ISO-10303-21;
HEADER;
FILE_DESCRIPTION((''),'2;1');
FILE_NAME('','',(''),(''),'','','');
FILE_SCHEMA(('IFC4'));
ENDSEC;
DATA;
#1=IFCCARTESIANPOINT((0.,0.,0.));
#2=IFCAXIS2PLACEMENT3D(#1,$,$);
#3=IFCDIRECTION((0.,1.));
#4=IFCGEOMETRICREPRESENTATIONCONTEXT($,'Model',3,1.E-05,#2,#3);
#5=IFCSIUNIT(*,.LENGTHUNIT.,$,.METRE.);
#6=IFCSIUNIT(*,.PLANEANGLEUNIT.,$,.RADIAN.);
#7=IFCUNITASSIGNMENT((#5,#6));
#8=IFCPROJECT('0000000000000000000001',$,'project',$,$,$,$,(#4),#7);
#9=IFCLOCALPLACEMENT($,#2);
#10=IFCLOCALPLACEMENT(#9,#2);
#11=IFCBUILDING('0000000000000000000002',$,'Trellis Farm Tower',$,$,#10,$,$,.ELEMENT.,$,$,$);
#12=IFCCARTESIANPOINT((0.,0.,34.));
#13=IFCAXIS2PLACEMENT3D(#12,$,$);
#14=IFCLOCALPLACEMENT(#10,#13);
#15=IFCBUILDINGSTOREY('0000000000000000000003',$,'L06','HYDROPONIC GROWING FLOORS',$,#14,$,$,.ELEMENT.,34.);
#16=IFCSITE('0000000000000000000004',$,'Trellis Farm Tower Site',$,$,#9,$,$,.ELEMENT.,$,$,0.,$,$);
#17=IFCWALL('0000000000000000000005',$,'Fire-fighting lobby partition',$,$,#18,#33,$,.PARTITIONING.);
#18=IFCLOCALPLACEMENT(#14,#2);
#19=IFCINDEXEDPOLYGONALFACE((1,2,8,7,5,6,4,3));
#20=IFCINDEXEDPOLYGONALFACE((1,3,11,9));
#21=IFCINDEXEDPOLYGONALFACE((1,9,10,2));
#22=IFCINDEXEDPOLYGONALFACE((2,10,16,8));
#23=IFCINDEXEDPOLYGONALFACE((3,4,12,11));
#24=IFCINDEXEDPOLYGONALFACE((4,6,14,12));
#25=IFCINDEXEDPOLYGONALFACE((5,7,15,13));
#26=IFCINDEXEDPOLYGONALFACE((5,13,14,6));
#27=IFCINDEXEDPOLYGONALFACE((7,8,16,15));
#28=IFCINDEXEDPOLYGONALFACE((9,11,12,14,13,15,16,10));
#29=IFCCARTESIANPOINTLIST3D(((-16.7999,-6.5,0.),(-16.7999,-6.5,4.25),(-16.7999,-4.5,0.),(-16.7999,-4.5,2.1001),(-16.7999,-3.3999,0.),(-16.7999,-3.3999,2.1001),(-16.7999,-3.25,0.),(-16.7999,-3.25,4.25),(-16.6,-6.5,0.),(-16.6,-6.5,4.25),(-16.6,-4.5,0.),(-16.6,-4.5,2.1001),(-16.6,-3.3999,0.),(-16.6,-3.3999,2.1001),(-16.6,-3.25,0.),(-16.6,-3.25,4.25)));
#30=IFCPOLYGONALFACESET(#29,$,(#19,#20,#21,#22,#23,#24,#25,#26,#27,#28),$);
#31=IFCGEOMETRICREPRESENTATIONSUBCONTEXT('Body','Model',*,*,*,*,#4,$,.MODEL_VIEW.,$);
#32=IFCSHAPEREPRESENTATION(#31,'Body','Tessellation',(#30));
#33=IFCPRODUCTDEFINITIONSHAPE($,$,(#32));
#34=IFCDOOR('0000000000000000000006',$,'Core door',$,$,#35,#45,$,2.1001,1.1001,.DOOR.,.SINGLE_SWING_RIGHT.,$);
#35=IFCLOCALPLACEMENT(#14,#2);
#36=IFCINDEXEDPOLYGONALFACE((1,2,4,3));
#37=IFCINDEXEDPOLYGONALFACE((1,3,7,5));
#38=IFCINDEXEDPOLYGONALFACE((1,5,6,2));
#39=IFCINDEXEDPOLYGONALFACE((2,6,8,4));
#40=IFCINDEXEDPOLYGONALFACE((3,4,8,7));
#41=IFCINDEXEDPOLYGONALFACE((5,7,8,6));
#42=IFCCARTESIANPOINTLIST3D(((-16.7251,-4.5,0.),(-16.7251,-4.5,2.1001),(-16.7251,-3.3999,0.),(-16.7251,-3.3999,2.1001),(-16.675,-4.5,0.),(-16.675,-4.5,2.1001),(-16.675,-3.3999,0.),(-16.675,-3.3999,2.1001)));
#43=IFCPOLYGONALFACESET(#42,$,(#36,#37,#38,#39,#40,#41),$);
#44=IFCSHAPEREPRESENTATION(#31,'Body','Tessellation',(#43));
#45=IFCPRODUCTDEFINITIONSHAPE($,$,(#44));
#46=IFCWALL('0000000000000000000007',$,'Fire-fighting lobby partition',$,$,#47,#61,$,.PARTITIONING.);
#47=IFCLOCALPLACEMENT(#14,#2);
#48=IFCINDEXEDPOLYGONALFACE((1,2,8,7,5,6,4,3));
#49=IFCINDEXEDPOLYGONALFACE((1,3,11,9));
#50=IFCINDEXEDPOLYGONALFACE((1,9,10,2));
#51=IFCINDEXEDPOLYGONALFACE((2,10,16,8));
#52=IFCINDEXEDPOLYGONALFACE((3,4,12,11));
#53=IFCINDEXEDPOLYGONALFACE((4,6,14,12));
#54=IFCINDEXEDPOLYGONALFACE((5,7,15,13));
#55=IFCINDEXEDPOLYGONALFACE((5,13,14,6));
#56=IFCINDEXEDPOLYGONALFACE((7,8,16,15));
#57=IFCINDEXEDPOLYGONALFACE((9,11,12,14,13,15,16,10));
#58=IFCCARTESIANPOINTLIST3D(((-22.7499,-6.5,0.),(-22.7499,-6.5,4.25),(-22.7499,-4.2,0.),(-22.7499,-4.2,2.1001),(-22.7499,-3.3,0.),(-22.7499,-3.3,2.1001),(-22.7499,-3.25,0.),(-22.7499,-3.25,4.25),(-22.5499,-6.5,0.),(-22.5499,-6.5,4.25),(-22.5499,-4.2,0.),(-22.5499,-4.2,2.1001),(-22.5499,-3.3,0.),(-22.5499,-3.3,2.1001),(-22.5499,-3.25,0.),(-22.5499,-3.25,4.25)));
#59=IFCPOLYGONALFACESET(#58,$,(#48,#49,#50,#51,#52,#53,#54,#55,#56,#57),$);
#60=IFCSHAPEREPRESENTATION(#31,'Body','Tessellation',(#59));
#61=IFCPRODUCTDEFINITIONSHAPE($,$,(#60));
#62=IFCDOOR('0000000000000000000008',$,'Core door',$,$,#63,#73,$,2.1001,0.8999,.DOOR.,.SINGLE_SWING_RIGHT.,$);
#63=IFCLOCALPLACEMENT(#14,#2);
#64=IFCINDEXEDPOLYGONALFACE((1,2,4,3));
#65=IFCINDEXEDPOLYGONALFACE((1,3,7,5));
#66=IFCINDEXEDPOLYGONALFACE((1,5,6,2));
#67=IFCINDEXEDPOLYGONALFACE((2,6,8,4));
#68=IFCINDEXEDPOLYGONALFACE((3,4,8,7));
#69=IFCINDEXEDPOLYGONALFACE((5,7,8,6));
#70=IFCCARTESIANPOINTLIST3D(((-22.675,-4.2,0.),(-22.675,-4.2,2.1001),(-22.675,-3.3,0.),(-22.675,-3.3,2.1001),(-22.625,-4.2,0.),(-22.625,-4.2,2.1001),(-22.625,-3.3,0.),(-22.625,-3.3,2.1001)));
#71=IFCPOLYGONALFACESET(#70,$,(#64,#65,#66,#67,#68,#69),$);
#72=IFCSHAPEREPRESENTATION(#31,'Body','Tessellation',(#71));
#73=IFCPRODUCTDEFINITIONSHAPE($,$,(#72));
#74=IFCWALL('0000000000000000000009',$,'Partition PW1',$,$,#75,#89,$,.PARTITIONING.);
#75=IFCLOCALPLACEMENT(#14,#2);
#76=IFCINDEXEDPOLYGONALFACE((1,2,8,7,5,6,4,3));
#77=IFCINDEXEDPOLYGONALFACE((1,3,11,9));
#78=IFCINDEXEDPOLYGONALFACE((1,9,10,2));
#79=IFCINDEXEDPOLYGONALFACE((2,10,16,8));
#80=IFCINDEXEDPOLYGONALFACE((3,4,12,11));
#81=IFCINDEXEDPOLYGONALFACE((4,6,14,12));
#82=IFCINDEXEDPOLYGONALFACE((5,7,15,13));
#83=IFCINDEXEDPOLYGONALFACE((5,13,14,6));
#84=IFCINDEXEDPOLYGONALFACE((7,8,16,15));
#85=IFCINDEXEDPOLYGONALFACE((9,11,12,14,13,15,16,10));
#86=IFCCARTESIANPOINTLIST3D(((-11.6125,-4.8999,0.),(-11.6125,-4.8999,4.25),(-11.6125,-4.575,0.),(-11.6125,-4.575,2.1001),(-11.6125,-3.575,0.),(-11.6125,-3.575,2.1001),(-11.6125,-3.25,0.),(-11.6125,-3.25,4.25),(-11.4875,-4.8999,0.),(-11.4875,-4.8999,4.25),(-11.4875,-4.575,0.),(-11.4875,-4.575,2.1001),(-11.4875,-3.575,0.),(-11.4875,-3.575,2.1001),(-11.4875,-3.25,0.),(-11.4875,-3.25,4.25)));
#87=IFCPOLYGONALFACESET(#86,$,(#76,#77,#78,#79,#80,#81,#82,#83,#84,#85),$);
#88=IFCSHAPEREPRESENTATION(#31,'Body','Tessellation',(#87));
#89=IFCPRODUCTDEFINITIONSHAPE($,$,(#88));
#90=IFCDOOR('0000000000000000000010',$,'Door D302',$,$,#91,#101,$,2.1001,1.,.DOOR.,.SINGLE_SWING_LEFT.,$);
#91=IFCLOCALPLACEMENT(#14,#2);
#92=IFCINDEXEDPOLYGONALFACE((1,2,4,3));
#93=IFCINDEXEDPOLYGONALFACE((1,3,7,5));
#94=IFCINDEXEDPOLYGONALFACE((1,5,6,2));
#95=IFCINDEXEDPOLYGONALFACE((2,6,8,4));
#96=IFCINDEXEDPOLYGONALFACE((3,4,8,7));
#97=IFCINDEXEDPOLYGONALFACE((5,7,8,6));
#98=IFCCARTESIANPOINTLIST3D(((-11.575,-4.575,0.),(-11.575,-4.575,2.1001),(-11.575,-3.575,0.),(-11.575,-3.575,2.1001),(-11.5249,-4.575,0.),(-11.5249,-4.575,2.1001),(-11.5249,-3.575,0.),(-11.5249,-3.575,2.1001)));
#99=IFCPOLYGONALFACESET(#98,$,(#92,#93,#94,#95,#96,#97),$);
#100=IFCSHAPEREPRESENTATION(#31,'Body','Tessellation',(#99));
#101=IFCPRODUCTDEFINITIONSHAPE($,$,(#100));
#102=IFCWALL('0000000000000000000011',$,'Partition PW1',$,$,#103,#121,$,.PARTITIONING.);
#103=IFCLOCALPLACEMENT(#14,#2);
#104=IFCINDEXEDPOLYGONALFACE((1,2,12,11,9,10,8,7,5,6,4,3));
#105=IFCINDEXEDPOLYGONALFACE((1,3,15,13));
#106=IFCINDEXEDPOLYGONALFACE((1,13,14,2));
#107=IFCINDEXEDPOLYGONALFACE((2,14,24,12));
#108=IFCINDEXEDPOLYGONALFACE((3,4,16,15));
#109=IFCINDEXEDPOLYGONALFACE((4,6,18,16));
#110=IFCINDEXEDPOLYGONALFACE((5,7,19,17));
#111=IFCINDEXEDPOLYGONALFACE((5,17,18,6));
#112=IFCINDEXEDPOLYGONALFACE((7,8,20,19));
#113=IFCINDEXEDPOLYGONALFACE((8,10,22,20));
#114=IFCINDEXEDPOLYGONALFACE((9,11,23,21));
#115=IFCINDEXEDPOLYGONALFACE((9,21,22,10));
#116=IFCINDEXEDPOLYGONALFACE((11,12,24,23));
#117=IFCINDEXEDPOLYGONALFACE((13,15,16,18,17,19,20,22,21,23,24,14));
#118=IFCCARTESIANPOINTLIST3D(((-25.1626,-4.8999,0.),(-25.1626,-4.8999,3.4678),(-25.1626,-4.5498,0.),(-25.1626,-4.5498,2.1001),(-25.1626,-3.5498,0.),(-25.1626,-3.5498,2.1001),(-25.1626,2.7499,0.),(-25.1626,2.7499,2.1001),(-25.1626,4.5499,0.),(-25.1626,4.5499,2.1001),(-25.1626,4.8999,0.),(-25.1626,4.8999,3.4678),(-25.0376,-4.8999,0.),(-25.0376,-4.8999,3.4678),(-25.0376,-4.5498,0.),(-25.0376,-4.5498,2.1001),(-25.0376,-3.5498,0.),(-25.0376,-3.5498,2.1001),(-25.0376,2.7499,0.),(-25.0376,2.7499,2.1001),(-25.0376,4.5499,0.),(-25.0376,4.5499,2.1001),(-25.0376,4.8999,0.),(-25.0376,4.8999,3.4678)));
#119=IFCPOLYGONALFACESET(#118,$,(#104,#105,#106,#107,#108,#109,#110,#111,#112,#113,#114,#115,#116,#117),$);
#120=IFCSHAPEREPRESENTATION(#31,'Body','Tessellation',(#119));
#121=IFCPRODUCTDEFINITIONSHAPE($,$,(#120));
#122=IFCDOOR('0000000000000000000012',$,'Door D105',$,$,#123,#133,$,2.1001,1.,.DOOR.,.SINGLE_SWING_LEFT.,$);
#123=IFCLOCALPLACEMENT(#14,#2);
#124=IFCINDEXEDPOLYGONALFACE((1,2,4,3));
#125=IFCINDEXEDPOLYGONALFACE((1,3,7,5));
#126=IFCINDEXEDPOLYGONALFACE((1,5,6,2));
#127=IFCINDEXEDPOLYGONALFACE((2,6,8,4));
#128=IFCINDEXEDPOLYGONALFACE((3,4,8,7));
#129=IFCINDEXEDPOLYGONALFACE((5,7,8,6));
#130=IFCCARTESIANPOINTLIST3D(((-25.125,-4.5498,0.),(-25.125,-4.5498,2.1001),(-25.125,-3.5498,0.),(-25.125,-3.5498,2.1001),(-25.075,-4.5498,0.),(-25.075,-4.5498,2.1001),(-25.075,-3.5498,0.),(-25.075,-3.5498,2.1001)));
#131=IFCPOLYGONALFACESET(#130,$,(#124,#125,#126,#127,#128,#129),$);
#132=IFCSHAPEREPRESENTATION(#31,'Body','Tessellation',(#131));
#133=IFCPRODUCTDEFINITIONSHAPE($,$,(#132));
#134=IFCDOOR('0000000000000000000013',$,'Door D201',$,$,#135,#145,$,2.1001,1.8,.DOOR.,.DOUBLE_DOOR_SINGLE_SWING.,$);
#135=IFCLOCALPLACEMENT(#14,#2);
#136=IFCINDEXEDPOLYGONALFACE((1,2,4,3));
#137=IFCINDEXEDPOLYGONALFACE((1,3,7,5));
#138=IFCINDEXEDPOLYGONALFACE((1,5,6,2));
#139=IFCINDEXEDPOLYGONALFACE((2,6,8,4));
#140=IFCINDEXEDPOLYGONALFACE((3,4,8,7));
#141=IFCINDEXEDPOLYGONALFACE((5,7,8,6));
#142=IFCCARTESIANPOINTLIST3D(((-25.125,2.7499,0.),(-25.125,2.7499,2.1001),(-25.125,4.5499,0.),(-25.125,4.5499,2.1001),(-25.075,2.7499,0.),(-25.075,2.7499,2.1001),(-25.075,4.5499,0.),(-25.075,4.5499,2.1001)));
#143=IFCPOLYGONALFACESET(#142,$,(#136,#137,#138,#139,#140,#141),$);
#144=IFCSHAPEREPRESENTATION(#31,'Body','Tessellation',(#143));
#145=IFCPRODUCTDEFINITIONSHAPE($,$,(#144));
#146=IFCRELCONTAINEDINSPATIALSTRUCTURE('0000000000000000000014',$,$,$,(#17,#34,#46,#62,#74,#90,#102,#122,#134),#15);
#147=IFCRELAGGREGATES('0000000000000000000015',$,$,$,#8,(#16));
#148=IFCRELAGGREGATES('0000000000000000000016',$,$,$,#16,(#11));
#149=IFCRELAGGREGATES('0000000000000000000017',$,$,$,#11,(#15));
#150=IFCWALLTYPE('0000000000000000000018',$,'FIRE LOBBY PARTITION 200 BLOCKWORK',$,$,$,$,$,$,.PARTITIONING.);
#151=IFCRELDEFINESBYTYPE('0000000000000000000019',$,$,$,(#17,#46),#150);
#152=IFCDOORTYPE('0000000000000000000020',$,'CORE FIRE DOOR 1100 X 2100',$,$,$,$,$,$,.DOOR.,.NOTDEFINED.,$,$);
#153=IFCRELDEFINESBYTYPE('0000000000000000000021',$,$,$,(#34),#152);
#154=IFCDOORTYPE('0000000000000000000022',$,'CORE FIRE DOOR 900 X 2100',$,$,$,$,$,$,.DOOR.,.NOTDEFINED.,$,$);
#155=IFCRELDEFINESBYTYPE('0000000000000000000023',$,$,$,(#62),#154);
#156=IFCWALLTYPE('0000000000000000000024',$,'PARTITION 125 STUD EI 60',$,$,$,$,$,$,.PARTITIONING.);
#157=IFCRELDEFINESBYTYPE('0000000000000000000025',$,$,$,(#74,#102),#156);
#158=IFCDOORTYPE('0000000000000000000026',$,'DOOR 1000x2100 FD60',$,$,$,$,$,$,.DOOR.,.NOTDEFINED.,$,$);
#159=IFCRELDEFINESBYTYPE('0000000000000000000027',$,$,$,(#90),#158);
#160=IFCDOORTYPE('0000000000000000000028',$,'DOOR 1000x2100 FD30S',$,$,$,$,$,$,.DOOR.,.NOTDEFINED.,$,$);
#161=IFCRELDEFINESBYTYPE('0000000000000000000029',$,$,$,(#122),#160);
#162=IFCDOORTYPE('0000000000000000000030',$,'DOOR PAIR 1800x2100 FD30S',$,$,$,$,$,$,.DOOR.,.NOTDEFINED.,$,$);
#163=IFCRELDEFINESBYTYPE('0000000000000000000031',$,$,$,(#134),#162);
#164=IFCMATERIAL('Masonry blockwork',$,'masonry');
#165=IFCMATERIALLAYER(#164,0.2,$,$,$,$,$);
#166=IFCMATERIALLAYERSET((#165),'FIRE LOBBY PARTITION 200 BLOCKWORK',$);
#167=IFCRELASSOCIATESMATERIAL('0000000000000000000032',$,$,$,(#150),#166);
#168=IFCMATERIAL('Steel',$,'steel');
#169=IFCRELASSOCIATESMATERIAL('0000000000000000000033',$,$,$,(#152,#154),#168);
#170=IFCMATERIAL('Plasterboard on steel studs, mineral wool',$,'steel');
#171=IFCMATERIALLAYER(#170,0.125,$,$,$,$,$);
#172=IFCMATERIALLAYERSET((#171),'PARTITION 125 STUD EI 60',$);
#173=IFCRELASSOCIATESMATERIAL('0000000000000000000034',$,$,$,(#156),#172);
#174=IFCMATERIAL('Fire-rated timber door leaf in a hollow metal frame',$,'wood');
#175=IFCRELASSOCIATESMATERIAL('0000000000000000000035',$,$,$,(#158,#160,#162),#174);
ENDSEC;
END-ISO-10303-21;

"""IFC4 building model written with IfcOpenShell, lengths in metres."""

from ifc_helpers import new_model, si_unit, direction, frame, frame_2d, origin, place, context, subcontext, project, spatial, rectangle, extrude, source, transform, mapped, material, layer, layer_set, type_object, element, fill, save


model = new_model("IFC4")

# Units and contexts
model_context = context("Model", 3, precision=1e-05, world=origin(), true_north=direction((0.0, 1.0)))
body_context = subcontext(model_context, "Body", "Model", "MODEL_VIEW")
ifc_project = project(units=[si_unit("LENGTHUNIT", "METRE"), si_unit("PLANEANGLEUNIT", "RADIAN")], contexts=[model_context])

# Site, building, storey
site_placement = place(None, origin())
site = spatial("IfcSite", under=ifc_project, at=site_placement, Name="Trellis Farm Tower Site", CompositionType="ELEMENT", RefElevation=0.0)
building_placement = place(site_placement, origin())
building = spatial("IfcBuilding", under=site, at=building_placement, Name="Trellis Farm Tower", CompositionType="ELEMENT")
storey_placement = place(building_placement, frame((0.0, 0.0, 34.0)))
storey = spatial("IfcBuildingStorey", under=building, at=storey_placement, Name="L06", Description="HYDROPONIC GROWING FLOORS", CompositionType="ELEMENT", Elevation=34.0)

# Walls, openings, doors
ifc_material_1 = material(Name="Masonry blockwork", Category="masonry")
ifc_layer_1 = layer(ifc_material_1, 0.2)
ifc_layer_set_1 = layer_set([ifc_layer_1], Name="FIRE LOBBY PARTITION 200 BLOCKWORK")
wall_type_1 = type_object("IfcWallType", Name="FIRE LOBBY PARTITION 200 BLOCKWORK", PredefinedType="PARTITIONING", material=ifc_layer_set_1)
shared_shape_1 = source(origin(), body_context, "Body", "SweptSolid", [
    extrude(rectangle(XDim=3.25, YDim=0.2, at=frame_2d((1.625, 0.0))), origin(), (0.0, 0.0, 1.0), 4.25),
])
wall_1_placement = place(storey_placement, frame((-16.7, -3.25, 0.0), z_axis=(0.0, 0.0, 1.0), x_axis=(0.0, -1.0, 0.0)))
wall_1 = element("IfcWall", 1, at=wall_1_placement, inside=storey, type_object=wall_type_1, Name="Fire-fighting lobby partition", PredefinedType="PARTITIONING", context=body_context, shape_type="MappedRepresentation", body=[
    mapped(shared_shape_1, transform((0.0, 0.0, 0.0))),
])
shared_shape_2 = source(origin(), body_context, "Body", "SweptSolid", [
    extrude(rectangle(XDim=1.1001, YDim=2.1001, at=frame_2d((0.55, 1.05))), frame((0.0, 0.1101, 0.0), z_axis=(0.0, -1.0, 0.0), x_axis=(1.0, 0.0, 0.0)), (0.0, 0.0, 1.0), 0.2202),
])
opening_1_placement = place(wall_1_placement, frame((0.1499, 0.0, 0.0)))
opening_1 = element("IfcOpeningElement", 2, at=opening_1_placement, cuts=wall_1, PredefinedType="OPENING", context=body_context, shape_type="MappedRepresentation", body=[
    mapped(shared_shape_2, transform((0.0, 0.0, 0.0))),
])
ifc_material_2 = material(Name="Steel", Category="steel")
door_type_1 = type_object("IfcDoorType", Name="CORE FIRE DOOR 1100 X 2100", OperationType="NOTDEFINED", PredefinedType="DOOR", material=ifc_material_2)
shared_shape_3 = source(origin(), body_context, "Body", "SweptSolid", [
    extrude(rectangle(XDim=1.1001, YDim=2.1001, at=frame_2d((0.55, 1.05))), frame((0.0, 0.0249, 0.0), z_axis=(0.0, -1.0, 0.0), x_axis=(1.0, 0.0, 0.0)), (0.0, 0.0, 1.0), 0.05),
])
door_1_placement = place(opening_1_placement, origin())
door_1 = element("IfcDoor", 3, at=door_1_placement, inside=storey, type_object=door_type_1, Name="Core door", OperationType="SINGLE_SWING_RIGHT", OverallHeight=2.1001, OverallWidth=1.1001, PredefinedType="DOOR", context=body_context, shape_type="MappedRepresentation", body=[
    mapped(shared_shape_3, transform((0.0, 0.0, 0.0))),
])
fill(opening_1, door_1)
wall_2_placement = place(storey_placement, frame((-22.6499, -3.25, 0.0), z_axis=(0.0, 0.0, 1.0), x_axis=(0.0, -1.0, 0.0)))
wall_2 = element("IfcWall", 4, at=wall_2_placement, inside=storey, type_object=wall_type_1, Name="Fire-fighting lobby partition", PredefinedType="PARTITIONING", context=body_context, shape_type="MappedRepresentation", body=[
    mapped(shared_shape_1, transform((0.0, 0.0, 0.0))),
])
shared_shape_4 = source(origin(), body_context, "Body", "SweptSolid", [
    extrude(rectangle(XDim=0.8999, YDim=2.1001, at=frame_2d((0.45, 1.05))), frame((0.0, 0.1101, 0.0), z_axis=(0.0, -1.0, 0.0), x_axis=(1.0, 0.0, 0.0)), (0.0, 0.0, 1.0), 0.2202),
])
opening_2_placement = place(wall_2_placement, frame((0.05, 0.0, 0.0)))
opening_2 = element("IfcOpeningElement", 5, at=opening_2_placement, cuts=wall_2, PredefinedType="OPENING", context=body_context, shape_type="MappedRepresentation", body=[
    mapped(shared_shape_4, transform((0.0, 0.0, 0.0))),
])
door_type_2 = type_object("IfcDoorType", Name="CORE FIRE DOOR 900 X 2100", OperationType="NOTDEFINED", PredefinedType="DOOR", material=ifc_material_2)
shared_shape_5 = source(origin(), body_context, "Body", "SweptSolid", [
    extrude(rectangle(XDim=0.8999, YDim=2.1001, at=frame_2d((0.45, 1.05))), frame((0.0, 0.0249, 0.0), z_axis=(0.0, -1.0, 0.0), x_axis=(1.0, 0.0, 0.0)), (0.0, 0.0, 1.0), 0.05),
])
door_2_placement = place(opening_2_placement, origin())
door_2 = element("IfcDoor", 6, at=door_2_placement, inside=storey, type_object=door_type_2, Name="Core door", OperationType="SINGLE_SWING_RIGHT", OverallHeight=2.1001, OverallWidth=0.8999, PredefinedType="DOOR", context=body_context, shape_type="MappedRepresentation", body=[
    mapped(shared_shape_5, transform((0.0, 0.0, 0.0))),
])
fill(opening_2, door_2)
ifc_material_3 = material(Name="Plasterboard on steel studs, mineral wool", Category="steel")
ifc_layer_2 = layer(ifc_material_3, 0.125)
ifc_layer_set_2 = layer_set([ifc_layer_2], Name="PARTITION 125 STUD EI 60")
wall_type_2 = type_object("IfcWallType", Name="PARTITION 125 STUD EI 60", PredefinedType="PARTITIONING", material=ifc_layer_set_2)
shared_shape_6 = source(origin(), body_context, "Body", "SweptSolid", [
    extrude(rectangle(XDim=1.6499, YDim=0.125, at=frame_2d((0.825, 0.0))), origin(), (0.0, 0.0, 1.0), 4.25),
])
wall_3_placement = place(storey_placement, frame((-11.55, -4.8999, 0.0), z_axis=(0.0, 0.0, 1.0), x_axis=(0.0, 1.0, 0.0)))
wall_3 = element("IfcWall", 7, at=wall_3_placement, inside=storey, type_object=wall_type_2, Name="Partition PW1", PredefinedType="PARTITIONING", context=body_context, shape_type="MappedRepresentation", body=[
    mapped(shared_shape_6, transform((0.0, 0.0, 0.0))),
])
shared_shape_7 = source(origin(), body_context, "Body", "SweptSolid", [
    extrude(rectangle(XDim=1.0, YDim=2.1001, at=frame_2d((0.5, 1.05))), frame((0.0, 0.0725, 0.0), z_axis=(0.0, -1.0, 0.0), x_axis=(1.0, 0.0, 0.0)), (0.0, 0.0, 1.0), 0.145),
])
opening_3_placement = place(wall_3_placement, frame((0.325, 0.0, 0.0)))
opening_3 = element("IfcOpeningElement", 8, at=opening_3_placement, cuts=wall_3, PredefinedType="OPENING", context=body_context, shape_type="MappedRepresentation", body=[
    mapped(shared_shape_7, transform((0.0, 0.0, 0.0))),
])
ifc_material_4 = material(Name="Fire-rated timber door leaf in a hollow metal frame", Category="wood")
door_type_3 = type_object("IfcDoorType", Name="DOOR 1000x2100 FD60", OperationType="NOTDEFINED", PredefinedType="DOOR", material=ifc_material_4)
shared_shape_8 = source(origin(), body_context, "Body", "SweptSolid", [
    extrude(rectangle(XDim=1.0, YDim=2.1001, at=frame_2d((0.5, 1.05))), frame((0.0, 0.0249, 0.0), z_axis=(0.0, -1.0, 0.0), x_axis=(1.0, 0.0, 0.0)), (0.0, 0.0, 1.0), 0.05),
])
door_3_placement = place(opening_3_placement, origin())
door_3 = element("IfcDoor", 9, at=door_3_placement, inside=storey, type_object=door_type_3, Name="Door D302", OperationType="SINGLE_SWING_LEFT", OverallHeight=2.1001, OverallWidth=1.0, PredefinedType="DOOR", context=body_context, shape_type="MappedRepresentation", body=[
    mapped(shared_shape_8, transform((0.0, 0.0, 0.0))),
])
fill(opening_3, door_3)

# Wall, openings, doors
shared_shape_9 = source(origin(), body_context, "Body", "SweptSolid", [
    extrude(rectangle(XDim=9.7998, YDim=0.125, at=frame_2d((4.8999, 0.0))), origin(), (0.0, 0.0, 1.0), 3.4678),
])
wall_4_placement = place(storey_placement, frame((-25.1001, -4.8999, 0.0), z_axis=(0.0, 0.0, 1.0), x_axis=(0.0, 1.0, 0.0)))
wall_4 = element("IfcWall", 10, at=wall_4_placement, inside=storey, type_object=wall_type_2, Name="Partition PW1", PredefinedType="PARTITIONING", context=body_context, shape_type="MappedRepresentation", body=[
    mapped(shared_shape_9, transform((0.0, 0.0, 0.0))),
])
opening_4_placement = place(wall_4_placement, frame((0.3501, 0.0, 0.0)))
opening_4 = element("IfcOpeningElement", 11, at=opening_4_placement, cuts=wall_4, PredefinedType="OPENING", context=body_context, shape_type="MappedRepresentation", body=[
    mapped(shared_shape_7, transform((0.0, 0.0, 0.0))),
])
shared_shape_10 = source(origin(), body_context, "Body", "SweptSolid", [
    extrude(rectangle(XDim=1.8, YDim=2.1001, at=frame_2d((0.8999, 1.05))), frame((0.0, 0.0725, 0.0), z_axis=(0.0, -1.0, 0.0), x_axis=(1.0, 0.0, 0.0)), (0.0, 0.0, 1.0), 0.145),
])
opening_5_placement = place(wall_4_placement, frame((7.6499, 0.0, 0.0)))
opening_5 = element("IfcOpeningElement", 12, at=opening_5_placement, cuts=wall_4, PredefinedType="OPENING", context=body_context, shape_type="MappedRepresentation", body=[
    mapped(shared_shape_10, transform((0.0, 0.0, 0.0))),
])
door_type_4 = type_object("IfcDoorType", Name="DOOR 1000x2100 FD30S", OperationType="NOTDEFINED", PredefinedType="DOOR", material=ifc_material_4)
door_4_placement = place(opening_4_placement, origin())
door_4 = element("IfcDoor", 13, at=door_4_placement, inside=storey, type_object=door_type_4, Name="Door D105", OperationType="SINGLE_SWING_LEFT", OverallHeight=2.1001, OverallWidth=1.0, PredefinedType="DOOR", context=body_context, shape_type="MappedRepresentation", body=[
    mapped(shared_shape_8, transform((0.0, 0.0, 0.0))),
])
fill(opening_4, door_4)
door_type_5 = type_object("IfcDoorType", Name="DOOR PAIR 1800x2100 FD30S", OperationType="NOTDEFINED", PredefinedType="DOOR", material=ifc_material_4)
shared_shape_11 = source(origin(), body_context, "Body", "SweptSolid", [
    extrude(rectangle(XDim=1.8, YDim=2.1001, at=frame_2d((0.8999, 1.05))), frame((0.0, 0.0249, 0.0), z_axis=(0.0, -1.0, 0.0), x_axis=(1.0, 0.0, 0.0)), (0.0, 0.0, 1.0), 0.05),
])
door_5_placement = place(opening_5_placement, origin())
door_5 = element("IfcDoor", 14, at=door_5_placement, inside=storey, type_object=door_type_5, Name="Door D201", OperationType="DOUBLE_DOOR_SINGLE_SWING", OverallHeight=2.1001, OverallWidth=1.8, PredefinedType="DOOR", context=body_context, shape_type="MappedRepresentation", body=[
    mapped(shared_shape_11, transform((0.0, 0.0, 0.0))),
])
fill(opening_5, door_5)

save(model, "model.ifc")
